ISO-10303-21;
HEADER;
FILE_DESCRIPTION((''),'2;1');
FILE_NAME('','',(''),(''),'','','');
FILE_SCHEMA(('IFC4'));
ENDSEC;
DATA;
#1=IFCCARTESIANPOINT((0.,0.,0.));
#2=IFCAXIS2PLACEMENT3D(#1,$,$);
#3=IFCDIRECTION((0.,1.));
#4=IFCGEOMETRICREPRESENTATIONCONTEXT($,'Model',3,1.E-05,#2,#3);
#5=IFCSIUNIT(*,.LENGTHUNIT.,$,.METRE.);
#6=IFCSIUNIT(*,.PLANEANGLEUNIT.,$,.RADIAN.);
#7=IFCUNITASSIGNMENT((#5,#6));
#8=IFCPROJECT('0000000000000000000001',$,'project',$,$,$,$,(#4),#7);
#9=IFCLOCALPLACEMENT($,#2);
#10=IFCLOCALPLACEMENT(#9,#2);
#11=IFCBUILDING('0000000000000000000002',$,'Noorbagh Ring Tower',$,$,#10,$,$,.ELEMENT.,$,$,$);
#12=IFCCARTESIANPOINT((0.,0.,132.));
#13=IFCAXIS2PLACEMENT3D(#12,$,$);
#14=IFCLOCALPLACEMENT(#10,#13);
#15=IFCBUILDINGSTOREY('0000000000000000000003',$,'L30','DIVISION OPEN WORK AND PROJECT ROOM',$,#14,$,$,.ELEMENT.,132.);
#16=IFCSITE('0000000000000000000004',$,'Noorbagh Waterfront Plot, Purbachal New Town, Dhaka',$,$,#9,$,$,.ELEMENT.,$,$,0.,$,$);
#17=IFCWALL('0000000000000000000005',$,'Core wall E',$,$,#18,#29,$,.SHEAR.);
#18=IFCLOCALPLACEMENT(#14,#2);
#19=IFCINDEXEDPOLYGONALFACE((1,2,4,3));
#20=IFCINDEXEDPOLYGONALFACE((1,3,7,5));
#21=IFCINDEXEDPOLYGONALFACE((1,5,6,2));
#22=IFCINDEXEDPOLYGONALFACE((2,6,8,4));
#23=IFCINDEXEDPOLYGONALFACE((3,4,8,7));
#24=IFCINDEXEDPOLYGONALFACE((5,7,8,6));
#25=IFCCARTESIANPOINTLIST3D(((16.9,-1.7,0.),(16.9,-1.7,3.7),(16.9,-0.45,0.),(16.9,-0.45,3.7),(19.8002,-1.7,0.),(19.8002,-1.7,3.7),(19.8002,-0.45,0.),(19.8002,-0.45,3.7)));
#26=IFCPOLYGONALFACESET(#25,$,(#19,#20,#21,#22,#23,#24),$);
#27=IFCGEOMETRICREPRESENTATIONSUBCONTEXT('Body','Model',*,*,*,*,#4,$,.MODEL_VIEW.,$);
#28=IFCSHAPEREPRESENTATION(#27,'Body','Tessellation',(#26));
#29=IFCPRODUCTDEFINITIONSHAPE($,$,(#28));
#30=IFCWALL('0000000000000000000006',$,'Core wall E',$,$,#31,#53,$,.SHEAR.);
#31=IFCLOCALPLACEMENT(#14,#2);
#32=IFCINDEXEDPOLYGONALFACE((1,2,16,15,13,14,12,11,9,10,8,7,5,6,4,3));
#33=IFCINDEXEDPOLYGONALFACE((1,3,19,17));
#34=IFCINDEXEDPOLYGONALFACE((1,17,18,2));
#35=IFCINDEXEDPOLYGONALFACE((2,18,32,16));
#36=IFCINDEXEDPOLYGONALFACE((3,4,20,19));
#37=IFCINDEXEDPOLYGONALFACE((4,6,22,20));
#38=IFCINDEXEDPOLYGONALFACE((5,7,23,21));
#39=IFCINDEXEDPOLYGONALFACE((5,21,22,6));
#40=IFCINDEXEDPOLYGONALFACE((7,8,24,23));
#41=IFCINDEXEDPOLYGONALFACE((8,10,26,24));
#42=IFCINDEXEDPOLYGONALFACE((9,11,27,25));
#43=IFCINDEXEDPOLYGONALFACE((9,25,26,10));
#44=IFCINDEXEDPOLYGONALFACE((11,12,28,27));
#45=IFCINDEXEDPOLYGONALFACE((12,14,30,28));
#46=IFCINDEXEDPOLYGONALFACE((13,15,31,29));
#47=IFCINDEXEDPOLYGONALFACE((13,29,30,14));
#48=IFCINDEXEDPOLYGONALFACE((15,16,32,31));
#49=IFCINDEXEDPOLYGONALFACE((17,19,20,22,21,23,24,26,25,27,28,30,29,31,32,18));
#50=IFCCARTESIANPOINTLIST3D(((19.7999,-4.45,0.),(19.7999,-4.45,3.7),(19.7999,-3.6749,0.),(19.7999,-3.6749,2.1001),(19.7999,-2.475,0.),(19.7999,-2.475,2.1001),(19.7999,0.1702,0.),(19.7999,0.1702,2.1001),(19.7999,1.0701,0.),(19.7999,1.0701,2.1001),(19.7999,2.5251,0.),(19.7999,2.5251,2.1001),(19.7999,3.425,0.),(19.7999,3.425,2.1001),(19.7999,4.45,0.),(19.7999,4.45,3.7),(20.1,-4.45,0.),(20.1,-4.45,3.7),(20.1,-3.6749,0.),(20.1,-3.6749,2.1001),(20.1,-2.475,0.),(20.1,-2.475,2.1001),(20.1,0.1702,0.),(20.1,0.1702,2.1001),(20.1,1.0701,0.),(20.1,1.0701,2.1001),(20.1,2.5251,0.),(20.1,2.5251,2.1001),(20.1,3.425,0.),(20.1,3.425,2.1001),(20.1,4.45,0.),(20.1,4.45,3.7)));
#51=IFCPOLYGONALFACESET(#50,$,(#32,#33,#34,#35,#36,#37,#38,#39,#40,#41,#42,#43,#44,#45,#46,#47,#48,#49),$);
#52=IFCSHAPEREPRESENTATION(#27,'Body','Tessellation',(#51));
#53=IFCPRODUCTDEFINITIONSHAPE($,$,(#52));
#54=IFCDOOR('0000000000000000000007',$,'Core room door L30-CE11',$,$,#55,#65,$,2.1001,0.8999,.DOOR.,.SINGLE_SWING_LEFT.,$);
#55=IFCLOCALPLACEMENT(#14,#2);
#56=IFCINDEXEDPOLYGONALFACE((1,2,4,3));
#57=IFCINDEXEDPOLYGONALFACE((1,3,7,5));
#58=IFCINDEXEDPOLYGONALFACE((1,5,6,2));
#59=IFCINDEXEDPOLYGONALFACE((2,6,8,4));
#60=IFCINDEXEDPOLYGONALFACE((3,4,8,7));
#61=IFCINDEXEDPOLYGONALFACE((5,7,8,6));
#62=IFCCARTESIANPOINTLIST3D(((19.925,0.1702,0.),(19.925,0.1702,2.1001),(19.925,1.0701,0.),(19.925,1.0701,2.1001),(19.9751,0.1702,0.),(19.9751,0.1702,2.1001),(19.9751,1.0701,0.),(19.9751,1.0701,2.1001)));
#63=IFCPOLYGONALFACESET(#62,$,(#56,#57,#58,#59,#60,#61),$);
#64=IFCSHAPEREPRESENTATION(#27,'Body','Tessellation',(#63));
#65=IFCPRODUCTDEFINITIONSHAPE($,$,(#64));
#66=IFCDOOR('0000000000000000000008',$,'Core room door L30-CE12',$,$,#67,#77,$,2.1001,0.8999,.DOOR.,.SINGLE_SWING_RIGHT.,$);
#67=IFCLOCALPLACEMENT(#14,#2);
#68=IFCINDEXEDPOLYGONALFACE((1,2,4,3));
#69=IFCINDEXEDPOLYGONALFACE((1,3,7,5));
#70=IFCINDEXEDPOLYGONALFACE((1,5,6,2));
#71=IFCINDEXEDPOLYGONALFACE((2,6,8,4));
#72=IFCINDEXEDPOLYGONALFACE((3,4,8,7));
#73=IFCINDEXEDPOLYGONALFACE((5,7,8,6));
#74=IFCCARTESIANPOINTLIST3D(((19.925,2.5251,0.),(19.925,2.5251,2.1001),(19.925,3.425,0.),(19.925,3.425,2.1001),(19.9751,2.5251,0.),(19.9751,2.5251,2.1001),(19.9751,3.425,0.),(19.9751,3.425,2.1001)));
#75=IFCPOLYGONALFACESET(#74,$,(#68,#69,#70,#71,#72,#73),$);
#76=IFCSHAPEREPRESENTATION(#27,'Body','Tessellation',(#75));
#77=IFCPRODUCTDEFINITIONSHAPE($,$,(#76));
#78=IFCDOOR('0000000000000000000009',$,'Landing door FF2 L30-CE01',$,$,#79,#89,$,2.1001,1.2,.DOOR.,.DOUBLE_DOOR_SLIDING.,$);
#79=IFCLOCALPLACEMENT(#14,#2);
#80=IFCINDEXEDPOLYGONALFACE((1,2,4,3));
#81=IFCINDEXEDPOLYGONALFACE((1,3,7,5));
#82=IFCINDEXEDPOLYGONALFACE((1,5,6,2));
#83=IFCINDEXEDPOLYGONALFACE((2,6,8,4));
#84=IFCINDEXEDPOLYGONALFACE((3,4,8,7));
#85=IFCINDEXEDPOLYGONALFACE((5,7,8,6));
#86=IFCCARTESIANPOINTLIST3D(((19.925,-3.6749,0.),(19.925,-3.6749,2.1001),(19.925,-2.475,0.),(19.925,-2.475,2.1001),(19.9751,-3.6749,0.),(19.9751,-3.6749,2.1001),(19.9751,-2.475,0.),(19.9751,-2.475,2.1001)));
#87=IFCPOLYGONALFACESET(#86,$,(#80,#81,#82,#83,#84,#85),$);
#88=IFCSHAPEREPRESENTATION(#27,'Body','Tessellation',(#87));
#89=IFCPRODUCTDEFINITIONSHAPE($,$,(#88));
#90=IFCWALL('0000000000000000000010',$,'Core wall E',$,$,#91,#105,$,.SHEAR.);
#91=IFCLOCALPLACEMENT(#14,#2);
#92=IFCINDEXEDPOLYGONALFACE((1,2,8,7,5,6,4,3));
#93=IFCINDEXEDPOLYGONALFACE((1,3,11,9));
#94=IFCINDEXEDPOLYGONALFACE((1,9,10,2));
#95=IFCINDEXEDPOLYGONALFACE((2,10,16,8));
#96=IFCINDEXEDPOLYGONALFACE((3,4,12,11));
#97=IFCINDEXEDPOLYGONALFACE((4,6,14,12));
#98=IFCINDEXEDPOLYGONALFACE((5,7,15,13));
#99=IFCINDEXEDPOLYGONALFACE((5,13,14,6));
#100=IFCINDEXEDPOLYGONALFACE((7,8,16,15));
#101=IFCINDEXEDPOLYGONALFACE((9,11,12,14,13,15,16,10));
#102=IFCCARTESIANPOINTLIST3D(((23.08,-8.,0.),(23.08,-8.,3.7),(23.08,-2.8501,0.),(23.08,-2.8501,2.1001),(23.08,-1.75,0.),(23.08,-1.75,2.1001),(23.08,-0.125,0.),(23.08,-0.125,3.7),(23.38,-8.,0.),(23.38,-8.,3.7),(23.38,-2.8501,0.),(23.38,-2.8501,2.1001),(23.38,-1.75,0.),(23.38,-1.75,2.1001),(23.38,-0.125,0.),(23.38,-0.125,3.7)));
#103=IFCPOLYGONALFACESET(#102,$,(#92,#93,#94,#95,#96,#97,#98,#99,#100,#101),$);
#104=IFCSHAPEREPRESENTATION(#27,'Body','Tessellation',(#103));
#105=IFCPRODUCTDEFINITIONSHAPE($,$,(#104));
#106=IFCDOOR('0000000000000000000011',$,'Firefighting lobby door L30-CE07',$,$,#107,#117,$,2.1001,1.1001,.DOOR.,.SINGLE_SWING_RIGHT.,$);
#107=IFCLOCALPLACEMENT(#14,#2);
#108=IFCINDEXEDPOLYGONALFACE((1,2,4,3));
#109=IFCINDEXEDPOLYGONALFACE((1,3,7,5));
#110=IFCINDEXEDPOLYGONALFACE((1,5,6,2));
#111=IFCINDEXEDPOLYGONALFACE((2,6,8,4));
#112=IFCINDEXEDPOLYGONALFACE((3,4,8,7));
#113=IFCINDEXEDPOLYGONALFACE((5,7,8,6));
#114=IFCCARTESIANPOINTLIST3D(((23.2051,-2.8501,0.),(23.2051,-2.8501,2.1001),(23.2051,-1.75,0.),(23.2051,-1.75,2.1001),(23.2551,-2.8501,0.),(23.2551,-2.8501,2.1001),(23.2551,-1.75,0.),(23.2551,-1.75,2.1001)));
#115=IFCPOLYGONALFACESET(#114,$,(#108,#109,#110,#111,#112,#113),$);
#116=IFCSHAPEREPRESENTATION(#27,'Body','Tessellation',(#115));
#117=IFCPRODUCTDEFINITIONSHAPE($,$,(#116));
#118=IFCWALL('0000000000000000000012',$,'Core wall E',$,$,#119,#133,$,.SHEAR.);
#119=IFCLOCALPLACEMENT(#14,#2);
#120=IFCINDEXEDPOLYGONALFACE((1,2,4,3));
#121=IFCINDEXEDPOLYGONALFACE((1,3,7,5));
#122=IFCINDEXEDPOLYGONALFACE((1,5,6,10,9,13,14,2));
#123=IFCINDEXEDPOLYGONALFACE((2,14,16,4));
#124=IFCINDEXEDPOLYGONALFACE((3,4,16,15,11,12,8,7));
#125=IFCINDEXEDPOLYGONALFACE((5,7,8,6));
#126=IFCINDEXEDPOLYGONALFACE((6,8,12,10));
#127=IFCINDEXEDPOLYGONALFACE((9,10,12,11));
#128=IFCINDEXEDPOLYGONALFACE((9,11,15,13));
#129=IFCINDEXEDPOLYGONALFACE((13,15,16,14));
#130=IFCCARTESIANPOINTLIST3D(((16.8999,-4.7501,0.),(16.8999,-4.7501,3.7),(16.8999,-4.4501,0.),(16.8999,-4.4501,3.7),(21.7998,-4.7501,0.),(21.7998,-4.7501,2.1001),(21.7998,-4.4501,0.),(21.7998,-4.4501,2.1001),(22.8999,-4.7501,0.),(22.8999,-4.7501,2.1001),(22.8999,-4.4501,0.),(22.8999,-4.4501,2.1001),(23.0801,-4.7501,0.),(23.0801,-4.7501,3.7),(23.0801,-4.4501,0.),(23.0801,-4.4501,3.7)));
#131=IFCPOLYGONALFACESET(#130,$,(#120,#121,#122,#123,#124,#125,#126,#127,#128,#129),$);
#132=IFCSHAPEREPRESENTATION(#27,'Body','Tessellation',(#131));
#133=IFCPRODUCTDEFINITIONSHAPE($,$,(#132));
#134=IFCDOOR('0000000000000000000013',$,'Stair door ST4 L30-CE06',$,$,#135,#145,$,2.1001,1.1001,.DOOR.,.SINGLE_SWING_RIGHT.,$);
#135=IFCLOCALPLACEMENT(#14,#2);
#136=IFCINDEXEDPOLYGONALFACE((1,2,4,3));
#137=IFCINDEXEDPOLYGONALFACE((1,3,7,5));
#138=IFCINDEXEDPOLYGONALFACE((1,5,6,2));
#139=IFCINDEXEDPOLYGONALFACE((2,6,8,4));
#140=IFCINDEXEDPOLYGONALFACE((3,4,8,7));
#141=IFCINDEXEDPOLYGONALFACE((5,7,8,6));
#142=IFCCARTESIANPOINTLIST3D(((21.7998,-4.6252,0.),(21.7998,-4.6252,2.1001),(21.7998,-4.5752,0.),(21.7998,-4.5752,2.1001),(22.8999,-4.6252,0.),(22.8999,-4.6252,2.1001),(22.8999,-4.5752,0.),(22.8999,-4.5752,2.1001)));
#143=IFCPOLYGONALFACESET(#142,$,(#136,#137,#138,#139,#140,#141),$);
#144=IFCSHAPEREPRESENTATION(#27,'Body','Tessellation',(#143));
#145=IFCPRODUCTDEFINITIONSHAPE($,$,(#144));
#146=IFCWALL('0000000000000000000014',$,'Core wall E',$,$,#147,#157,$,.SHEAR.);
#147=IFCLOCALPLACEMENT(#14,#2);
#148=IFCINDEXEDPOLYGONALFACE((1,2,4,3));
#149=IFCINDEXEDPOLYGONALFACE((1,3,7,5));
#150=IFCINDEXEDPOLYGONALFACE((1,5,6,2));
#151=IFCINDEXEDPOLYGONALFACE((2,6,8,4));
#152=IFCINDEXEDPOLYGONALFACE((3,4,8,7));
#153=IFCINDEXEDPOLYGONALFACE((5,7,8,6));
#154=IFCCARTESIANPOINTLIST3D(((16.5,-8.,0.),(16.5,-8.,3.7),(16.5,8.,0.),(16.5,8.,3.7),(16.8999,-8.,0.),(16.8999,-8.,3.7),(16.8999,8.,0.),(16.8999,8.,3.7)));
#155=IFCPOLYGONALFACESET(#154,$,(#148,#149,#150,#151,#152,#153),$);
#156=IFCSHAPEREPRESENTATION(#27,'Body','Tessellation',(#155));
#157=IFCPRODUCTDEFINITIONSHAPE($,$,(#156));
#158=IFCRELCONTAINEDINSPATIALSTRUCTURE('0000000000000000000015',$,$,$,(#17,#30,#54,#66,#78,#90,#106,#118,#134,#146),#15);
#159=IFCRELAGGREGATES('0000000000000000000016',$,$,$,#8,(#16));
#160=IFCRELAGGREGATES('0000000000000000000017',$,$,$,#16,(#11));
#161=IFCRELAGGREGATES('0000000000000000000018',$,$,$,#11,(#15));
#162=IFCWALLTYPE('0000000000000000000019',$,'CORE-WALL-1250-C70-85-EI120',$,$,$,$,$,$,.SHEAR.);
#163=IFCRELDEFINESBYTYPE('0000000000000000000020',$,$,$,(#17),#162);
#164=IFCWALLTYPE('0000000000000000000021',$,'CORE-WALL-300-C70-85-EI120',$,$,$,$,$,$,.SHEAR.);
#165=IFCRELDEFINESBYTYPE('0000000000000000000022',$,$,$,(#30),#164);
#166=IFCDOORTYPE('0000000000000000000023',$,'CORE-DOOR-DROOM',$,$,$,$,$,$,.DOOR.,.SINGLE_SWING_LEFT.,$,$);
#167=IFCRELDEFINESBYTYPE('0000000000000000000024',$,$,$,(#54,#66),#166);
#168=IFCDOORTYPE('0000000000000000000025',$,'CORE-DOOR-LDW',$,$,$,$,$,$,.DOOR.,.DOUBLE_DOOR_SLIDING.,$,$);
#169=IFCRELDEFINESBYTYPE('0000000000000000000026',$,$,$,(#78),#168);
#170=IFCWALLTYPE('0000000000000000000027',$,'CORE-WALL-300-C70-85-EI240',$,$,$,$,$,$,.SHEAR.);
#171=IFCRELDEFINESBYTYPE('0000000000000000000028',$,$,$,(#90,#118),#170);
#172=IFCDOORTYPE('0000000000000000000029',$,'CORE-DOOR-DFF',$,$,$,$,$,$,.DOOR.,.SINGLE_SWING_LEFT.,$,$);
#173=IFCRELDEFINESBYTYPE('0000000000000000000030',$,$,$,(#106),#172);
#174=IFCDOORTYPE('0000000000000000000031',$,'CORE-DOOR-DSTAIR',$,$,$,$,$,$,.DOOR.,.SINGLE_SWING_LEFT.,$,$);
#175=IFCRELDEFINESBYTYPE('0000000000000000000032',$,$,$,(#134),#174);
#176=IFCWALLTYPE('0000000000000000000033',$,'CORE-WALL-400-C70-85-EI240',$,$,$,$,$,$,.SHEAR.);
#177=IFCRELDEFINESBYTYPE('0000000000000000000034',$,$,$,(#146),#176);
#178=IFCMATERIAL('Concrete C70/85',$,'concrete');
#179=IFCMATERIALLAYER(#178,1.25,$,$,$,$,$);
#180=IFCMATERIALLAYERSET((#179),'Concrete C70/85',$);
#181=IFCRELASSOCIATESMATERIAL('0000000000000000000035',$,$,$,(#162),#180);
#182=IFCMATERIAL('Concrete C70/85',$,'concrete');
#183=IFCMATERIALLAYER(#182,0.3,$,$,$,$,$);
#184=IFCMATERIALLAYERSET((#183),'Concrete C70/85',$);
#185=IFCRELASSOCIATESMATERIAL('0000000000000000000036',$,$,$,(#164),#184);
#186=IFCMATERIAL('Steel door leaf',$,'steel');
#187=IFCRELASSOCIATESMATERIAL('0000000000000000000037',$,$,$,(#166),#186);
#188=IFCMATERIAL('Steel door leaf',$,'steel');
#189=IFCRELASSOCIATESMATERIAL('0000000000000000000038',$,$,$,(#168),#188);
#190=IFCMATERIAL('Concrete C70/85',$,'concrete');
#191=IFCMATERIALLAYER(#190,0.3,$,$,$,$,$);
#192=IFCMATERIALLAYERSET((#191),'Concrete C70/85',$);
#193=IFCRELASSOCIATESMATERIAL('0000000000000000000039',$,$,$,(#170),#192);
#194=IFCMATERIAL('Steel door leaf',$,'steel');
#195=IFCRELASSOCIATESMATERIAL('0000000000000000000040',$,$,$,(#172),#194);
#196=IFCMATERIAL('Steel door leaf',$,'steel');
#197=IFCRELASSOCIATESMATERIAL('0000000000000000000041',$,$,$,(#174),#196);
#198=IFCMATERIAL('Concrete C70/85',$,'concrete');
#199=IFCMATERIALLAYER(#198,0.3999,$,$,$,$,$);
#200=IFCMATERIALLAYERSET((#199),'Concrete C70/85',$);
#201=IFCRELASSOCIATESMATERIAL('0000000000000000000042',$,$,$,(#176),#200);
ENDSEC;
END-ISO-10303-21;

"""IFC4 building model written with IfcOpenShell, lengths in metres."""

from ifc_helpers import new_model, si_unit, direction, frame, frame_2d, origin, place, context, subcontext, project, spatial, rectangle, extrude, material, layer, layer_set, type_object, element, fill, save


model = new_model("IFC4")

# Units and contexts
model_context = context("Model", 3, precision=1e-05, world=origin(), true_north=direction((0.0, 1.0)))
body_context = subcontext(model_context, "Body", "Model", "MODEL_VIEW")
ifc_project = project(units=[si_unit("LENGTHUNIT", "METRE"), si_unit("PLANEANGLEUNIT", "RADIAN")], contexts=[model_context])

# Site, building, storey
site_placement = place(None, origin())
site = spatial("IfcSite", under=ifc_project, at=site_placement, Name="Noorbagh Waterfront Plot, Purbachal New Town, Dhaka", CompositionType="ELEMENT", RefElevation=0.0)
building_placement = place(site_placement, origin())
building = spatial("IfcBuilding", under=site, at=building_placement, Name="Noorbagh Ring Tower", CompositionType="ELEMENT")
storey_placement = place(building_placement, frame((0.0, 0.0, 132.0)))
storey = spatial("IfcBuildingStorey", under=building, at=storey_placement, Name="L30", Description="DIVISION OPEN WORK AND PROJECT ROOM", CompositionType="ELEMENT", Elevation=132.0)

# Wall
ifc_material_1 = material(Name="Concrete C70/85", Category="concrete")
ifc_layer_1 = layer(ifc_material_1, 1.25)
ifc_layer_set_1 = layer_set([ifc_layer_1], Name="Concrete C70/85")
wall_type_1 = type_object("IfcWallType", Name="CORE-WALL-1250-C70-85-EI120", PredefinedType="SHEAR", material=ifc_layer_set_1)
wall_1_placement = place(storey_placement, frame((16.8999, -1.075, 0.0), z_axis=(0.0, 0.0, 1.0), x_axis=(1.0, 0.0, 0.0)))
element("IfcWall", 1, at=wall_1_placement, inside=storey, type_object=wall_type_1, Name="Core wall E", PredefinedType="SHEAR", context=body_context, shape_type="SweptSolid", body=[
    extrude(rectangle(XDim=2.9001, YDim=1.25, at=frame_2d((1.4502, 0.0))), origin(), (0.0, 0.0, 1.0), 3.7),
])

# Wall, openings, doors
ifc_material_2 = material(Name="Concrete C70/85", Category="concrete")
ifc_layer_2 = layer(ifc_material_2, 0.3)
ifc_layer_set_2 = layer_set([ifc_layer_2], Name="Concrete C70/85")
wall_type_2 = type_object("IfcWallType", Name="CORE-WALL-300-C70-85-EI120", PredefinedType="SHEAR", material=ifc_layer_set_2)
wall_2_placement = place(storey_placement, frame((19.95, -4.45, 0.0), z_axis=(0.0, 0.0, 1.0), x_axis=(0.0, 1.0, 0.0)))
wall_2 = element("IfcWall", 2, at=wall_2_placement, inside=storey, type_object=wall_type_2, Name="Core wall E", PredefinedType="SHEAR", context=body_context, shape_type="SweptSolid", body=[
    extrude(rectangle(XDim=8.8999, YDim=0.3, at=frame_2d((4.45, 0.0))), origin(), (0.0, 0.0, 1.0), 3.7),
])
opening_1_placement = place(wall_2_placement, frame((0.7749, 0.0, 0.0)))
opening_1 = element("IfcOpeningElement", 3, at=opening_1_placement, cuts=wall_2, PredefinedType="OPENING", context=body_context, shape_type="SweptSolid", body=[
    extrude(rectangle(XDim=1.2, YDim=2.1001, at=frame_2d((0.6001, 1.05))), frame((0.0, 0.1602, 0.0), z_axis=(0.0, -1.0, 0.0), x_axis=(1.0, 0.0, 0.0)), (0.0, 0.0, 1.0), 0.3201),
])
opening_2_placement = place(wall_2_placement, frame((4.6201, 0.0, 0.0)))
opening_2 = element("IfcOpeningElement", 4, at=opening_2_placement, cuts=wall_2, PredefinedType="OPENING", context=body_context, shape_type="SweptSolid", body=[
    extrude(rectangle(XDim=0.8999, YDim=2.1001, at=frame_2d((0.45, 1.05))), frame((0.0, 0.1602, 0.0), z_axis=(0.0, -1.0, 0.0), x_axis=(1.0, 0.0, 0.0)), (0.0, 0.0, 1.0), 0.3201),
])
opening_3_placement = place(wall_2_placement, frame((6.9751, 0.0, 0.0)))
opening_3 = element("IfcOpeningElement", 5, at=opening_3_placement, cuts=wall_2, PredefinedType="OPENING", context=body_context, shape_type="SweptSolid", body=[
    extrude(rectangle(XDim=0.8999, YDim=2.1001, at=frame_2d((0.45, 1.05))), frame((0.0, 0.1602, 0.0), z_axis=(0.0, -1.0, 0.0), x_axis=(1.0, 0.0, 0.0)), (0.0, 0.0, 1.0), 0.3201),
])
ifc_material_3 = material(Name="Steel door leaf", Category="steel")
door_type_1 = type_object("IfcDoorType", Name="CORE-DOOR-DROOM", OperationType="SINGLE_SWING_LEFT", PredefinedType="DOOR", material=ifc_material_3)
door_1_placement = place(opening_2_placement, origin())
door_1 = element("IfcDoor", 6, at=door_1_placement, inside=storey, type_object=door_type_1, Name="Core room door L30-CE11", OperationType="SINGLE_SWING_LEFT", OverallHeight=2.1001, OverallWidth=0.8999, PredefinedType="DOOR", context=body_context, shape_type="SweptSolid", body=[
    extrude(rectangle(XDim=0.8999, YDim=2.1001, at=frame_2d((0.45, 1.05))), frame((0.0, 0.0249, 0.0), z_axis=(0.0, -1.0, 0.0), x_axis=(1.0, 0.0, 0.0)), (0.0, 0.0, 1.0), 0.05),
])
fill(opening_2, door_1)
door_2_placement = place(opening_3_placement, origin())
door_2 = element("IfcDoor", 7, at=door_2_placement, inside=storey, type_object=door_type_1, Name="Core room door L30-CE12", OperationType="SINGLE_SWING_RIGHT", OverallHeight=2.1001, OverallWidth=0.8999, PredefinedType="DOOR", context=body_context, shape_type="SweptSolid", body=[
    extrude(rectangle(XDim=0.8999, YDim=2.1001, at=frame_2d((0.45, 1.05))), frame((0.0, 0.0249, 0.0), z_axis=(0.0, -1.0, 0.0), x_axis=(1.0, 0.0, 0.0)), (0.0, 0.0, 1.0), 0.05),
])
fill(opening_3, door_2)
ifc_material_4 = material(Name="Steel door leaf", Category="steel")
door_type_2 = type_object("IfcDoorType", Name="CORE-DOOR-LDW", OperationType="DOUBLE_DOOR_SLIDING", PredefinedType="DOOR", material=ifc_material_4)
door_3_placement = place(opening_1_placement, origin())
door_3 = element("IfcDoor", 8, at=door_3_placement, inside=storey, type_object=door_type_2, Name="Landing door FF2 L30-CE01", OperationType="DOUBLE_DOOR_SLIDING", OverallHeight=2.1001, OverallWidth=1.2, PredefinedType="DOOR", context=body_context, shape_type="SweptSolid", body=[
    extrude(rectangle(XDim=1.2, YDim=2.1001, at=frame_2d((0.6001, 1.05))), frame((0.0, 0.0249, 0.0), z_axis=(0.0, -1.0, 0.0), x_axis=(1.0, 0.0, 0.0)), (0.0, 0.0, 1.0), 0.05),
])
fill(opening_1, door_3)

# Walls, openings, doors
ifc_material_5 = material(Name="Concrete C70/85", Category="concrete")
ifc_layer_3 = layer(ifc_material_5, 0.3)
ifc_layer_set_3 = layer_set([ifc_layer_3], Name="Concrete C70/85")
wall_type_3 = type_object("IfcWallType", Name="CORE-WALL-300-C70-85-EI240", PredefinedType="SHEAR", material=ifc_layer_set_3)
wall_3_placement = place(storey_placement, frame((23.23, -8.0, 0.0), z_axis=(0.0, 0.0, 1.0), x_axis=(0.0, 1.0, 0.0)))
wall_3 = element("IfcWall", 9, at=wall_3_placement, inside=storey, type_object=wall_type_3, Name="Core wall E", PredefinedType="SHEAR", context=body_context, shape_type="SweptSolid", body=[
    extrude(rectangle(XDim=7.875, YDim=0.3, at=frame_2d((3.9375, 0.0))), origin(), (0.0, 0.0, 1.0), 3.7),
])
opening_4_placement = place(wall_3_placement, frame((5.1499, 0.0, 0.0)))
opening_4 = element("IfcOpeningElement", 10, at=opening_4_placement, cuts=wall_3, PredefinedType="OPENING", context=body_context, shape_type="SweptSolid", body=[
    extrude(rectangle(XDim=1.1001, YDim=2.1001, at=frame_2d((0.55, 1.05))), frame((0.0, 0.1602, 0.0), z_axis=(0.0, -1.0, 0.0), x_axis=(1.0, 0.0, 0.0)), (0.0, 0.0, 1.0), 0.3201),
])
ifc_material_6 = material(Name="Steel door leaf", Category="steel")
door_type_3 = type_object("IfcDoorType", Name="CORE-DOOR-DFF", OperationType="SINGLE_SWING_LEFT", PredefinedType="DOOR", material=ifc_material_6)
door_4_placement = place(opening_4_placement, origin())
door_4 = element("IfcDoor", 11, at=door_4_placement, inside=storey, type_object=door_type_3, Name="Firefighting lobby door L30-CE07", OperationType="SINGLE_SWING_RIGHT", OverallHeight=2.1001, OverallWidth=1.1001, PredefinedType="DOOR", context=body_context, shape_type="SweptSolid", body=[
    extrude(rectangle(XDim=1.1001, YDim=2.1001, at=frame_2d((0.55, 1.05))), frame((0.0, 0.0249, 0.0), z_axis=(0.0, -1.0, 0.0), x_axis=(1.0, 0.0, 0.0)), (0.0, 0.0, 1.0), 0.05),
])
fill(opening_4, door_4)
wall_4_placement = place(storey_placement, frame((16.8999, -4.6001, 0.0), z_axis=(0.0, 0.0, 1.0), x_axis=(1.0, 0.0, 0.0)))
wall_4 = element("IfcWall", 12, at=wall_4_placement, inside=storey, type_object=wall_type_3, Name="Core wall E", PredefinedType="SHEAR", context=body_context, shape_type="SweptSolid", body=[
    extrude(rectangle(XDim=6.1802, YDim=0.3, at=frame_2d((3.0901, 0.0))), origin(), (0.0, 0.0, 1.0), 3.7),
])
opening_5_placement = place(wall_4_placement, frame((4.8999, 0.0, 0.0)))
opening_5 = element("IfcOpeningElement", 13, at=opening_5_placement, cuts=wall_4, PredefinedType="OPENING", context=body_context, shape_type="SweptSolid", body=[
    extrude(rectangle(XDim=1.1001, YDim=2.1001, at=frame_2d((0.55, 1.05))), frame((0.0, 0.1602, 0.0), z_axis=(0.0, -1.0, 0.0), x_axis=(1.0, 0.0, 0.0)), (0.0, 0.0, 1.0), 0.3201),
])
ifc_material_7 = material(Name="Steel door leaf", Category="steel")
door_type_4 = type_object("IfcDoorType", Name="CORE-DOOR-DSTAIR", OperationType="SINGLE_SWING_LEFT", PredefinedType="DOOR", material=ifc_material_7)
door_5_placement = place(opening_5_placement, origin())
door_5 = element("IfcDoor", 14, at=door_5_placement, inside=storey, type_object=door_type_4, Name="Stair door ST4 L30-CE06", OperationType="SINGLE_SWING_RIGHT", OverallHeight=2.1001, OverallWidth=1.1001, PredefinedType="DOOR", context=body_context, shape_type="SweptSolid", body=[
    extrude(rectangle(XDim=1.1001, YDim=2.1001, at=frame_2d((0.55, 1.05))), frame((0.0, 0.0249, 0.0), z_axis=(0.0, -1.0, 0.0), x_axis=(1.0, 0.0, 0.0)), (0.0, 0.0, 1.0), 0.05),
])
fill(opening_5, door_5)

# Wall
ifc_material_8 = material(Name="Concrete C70/85", Category="concrete")
ifc_layer_4 = layer(ifc_material_8, 0.3999)
ifc_layer_set_4 = layer_set([ifc_layer_4], Name="Concrete C70/85")
wall_type_4 = type_object("IfcWallType", Name="CORE-WALL-400-C70-85-EI240", PredefinedType="SHEAR", material=ifc_layer_set_4)
wall_5_placement = place(storey_placement, frame((16.7, -8.0, 0.0), z_axis=(0.0, 0.0, 1.0), x_axis=(0.0, 1.0, 0.0)))
element("IfcWall", 15, at=wall_5_placement, inside=storey, type_object=wall_type_4, Name="Core wall E", PredefinedType="SHEAR", context=body_context, shape_type="SweptSolid", body=[
    extrude(rectangle(XDim=16.0, YDim=0.3999, at=frame_2d((8.0, 0.0))), origin(), (0.0, 0.0, 1.0), 3.7),
])

save(model, "model.ifc")
